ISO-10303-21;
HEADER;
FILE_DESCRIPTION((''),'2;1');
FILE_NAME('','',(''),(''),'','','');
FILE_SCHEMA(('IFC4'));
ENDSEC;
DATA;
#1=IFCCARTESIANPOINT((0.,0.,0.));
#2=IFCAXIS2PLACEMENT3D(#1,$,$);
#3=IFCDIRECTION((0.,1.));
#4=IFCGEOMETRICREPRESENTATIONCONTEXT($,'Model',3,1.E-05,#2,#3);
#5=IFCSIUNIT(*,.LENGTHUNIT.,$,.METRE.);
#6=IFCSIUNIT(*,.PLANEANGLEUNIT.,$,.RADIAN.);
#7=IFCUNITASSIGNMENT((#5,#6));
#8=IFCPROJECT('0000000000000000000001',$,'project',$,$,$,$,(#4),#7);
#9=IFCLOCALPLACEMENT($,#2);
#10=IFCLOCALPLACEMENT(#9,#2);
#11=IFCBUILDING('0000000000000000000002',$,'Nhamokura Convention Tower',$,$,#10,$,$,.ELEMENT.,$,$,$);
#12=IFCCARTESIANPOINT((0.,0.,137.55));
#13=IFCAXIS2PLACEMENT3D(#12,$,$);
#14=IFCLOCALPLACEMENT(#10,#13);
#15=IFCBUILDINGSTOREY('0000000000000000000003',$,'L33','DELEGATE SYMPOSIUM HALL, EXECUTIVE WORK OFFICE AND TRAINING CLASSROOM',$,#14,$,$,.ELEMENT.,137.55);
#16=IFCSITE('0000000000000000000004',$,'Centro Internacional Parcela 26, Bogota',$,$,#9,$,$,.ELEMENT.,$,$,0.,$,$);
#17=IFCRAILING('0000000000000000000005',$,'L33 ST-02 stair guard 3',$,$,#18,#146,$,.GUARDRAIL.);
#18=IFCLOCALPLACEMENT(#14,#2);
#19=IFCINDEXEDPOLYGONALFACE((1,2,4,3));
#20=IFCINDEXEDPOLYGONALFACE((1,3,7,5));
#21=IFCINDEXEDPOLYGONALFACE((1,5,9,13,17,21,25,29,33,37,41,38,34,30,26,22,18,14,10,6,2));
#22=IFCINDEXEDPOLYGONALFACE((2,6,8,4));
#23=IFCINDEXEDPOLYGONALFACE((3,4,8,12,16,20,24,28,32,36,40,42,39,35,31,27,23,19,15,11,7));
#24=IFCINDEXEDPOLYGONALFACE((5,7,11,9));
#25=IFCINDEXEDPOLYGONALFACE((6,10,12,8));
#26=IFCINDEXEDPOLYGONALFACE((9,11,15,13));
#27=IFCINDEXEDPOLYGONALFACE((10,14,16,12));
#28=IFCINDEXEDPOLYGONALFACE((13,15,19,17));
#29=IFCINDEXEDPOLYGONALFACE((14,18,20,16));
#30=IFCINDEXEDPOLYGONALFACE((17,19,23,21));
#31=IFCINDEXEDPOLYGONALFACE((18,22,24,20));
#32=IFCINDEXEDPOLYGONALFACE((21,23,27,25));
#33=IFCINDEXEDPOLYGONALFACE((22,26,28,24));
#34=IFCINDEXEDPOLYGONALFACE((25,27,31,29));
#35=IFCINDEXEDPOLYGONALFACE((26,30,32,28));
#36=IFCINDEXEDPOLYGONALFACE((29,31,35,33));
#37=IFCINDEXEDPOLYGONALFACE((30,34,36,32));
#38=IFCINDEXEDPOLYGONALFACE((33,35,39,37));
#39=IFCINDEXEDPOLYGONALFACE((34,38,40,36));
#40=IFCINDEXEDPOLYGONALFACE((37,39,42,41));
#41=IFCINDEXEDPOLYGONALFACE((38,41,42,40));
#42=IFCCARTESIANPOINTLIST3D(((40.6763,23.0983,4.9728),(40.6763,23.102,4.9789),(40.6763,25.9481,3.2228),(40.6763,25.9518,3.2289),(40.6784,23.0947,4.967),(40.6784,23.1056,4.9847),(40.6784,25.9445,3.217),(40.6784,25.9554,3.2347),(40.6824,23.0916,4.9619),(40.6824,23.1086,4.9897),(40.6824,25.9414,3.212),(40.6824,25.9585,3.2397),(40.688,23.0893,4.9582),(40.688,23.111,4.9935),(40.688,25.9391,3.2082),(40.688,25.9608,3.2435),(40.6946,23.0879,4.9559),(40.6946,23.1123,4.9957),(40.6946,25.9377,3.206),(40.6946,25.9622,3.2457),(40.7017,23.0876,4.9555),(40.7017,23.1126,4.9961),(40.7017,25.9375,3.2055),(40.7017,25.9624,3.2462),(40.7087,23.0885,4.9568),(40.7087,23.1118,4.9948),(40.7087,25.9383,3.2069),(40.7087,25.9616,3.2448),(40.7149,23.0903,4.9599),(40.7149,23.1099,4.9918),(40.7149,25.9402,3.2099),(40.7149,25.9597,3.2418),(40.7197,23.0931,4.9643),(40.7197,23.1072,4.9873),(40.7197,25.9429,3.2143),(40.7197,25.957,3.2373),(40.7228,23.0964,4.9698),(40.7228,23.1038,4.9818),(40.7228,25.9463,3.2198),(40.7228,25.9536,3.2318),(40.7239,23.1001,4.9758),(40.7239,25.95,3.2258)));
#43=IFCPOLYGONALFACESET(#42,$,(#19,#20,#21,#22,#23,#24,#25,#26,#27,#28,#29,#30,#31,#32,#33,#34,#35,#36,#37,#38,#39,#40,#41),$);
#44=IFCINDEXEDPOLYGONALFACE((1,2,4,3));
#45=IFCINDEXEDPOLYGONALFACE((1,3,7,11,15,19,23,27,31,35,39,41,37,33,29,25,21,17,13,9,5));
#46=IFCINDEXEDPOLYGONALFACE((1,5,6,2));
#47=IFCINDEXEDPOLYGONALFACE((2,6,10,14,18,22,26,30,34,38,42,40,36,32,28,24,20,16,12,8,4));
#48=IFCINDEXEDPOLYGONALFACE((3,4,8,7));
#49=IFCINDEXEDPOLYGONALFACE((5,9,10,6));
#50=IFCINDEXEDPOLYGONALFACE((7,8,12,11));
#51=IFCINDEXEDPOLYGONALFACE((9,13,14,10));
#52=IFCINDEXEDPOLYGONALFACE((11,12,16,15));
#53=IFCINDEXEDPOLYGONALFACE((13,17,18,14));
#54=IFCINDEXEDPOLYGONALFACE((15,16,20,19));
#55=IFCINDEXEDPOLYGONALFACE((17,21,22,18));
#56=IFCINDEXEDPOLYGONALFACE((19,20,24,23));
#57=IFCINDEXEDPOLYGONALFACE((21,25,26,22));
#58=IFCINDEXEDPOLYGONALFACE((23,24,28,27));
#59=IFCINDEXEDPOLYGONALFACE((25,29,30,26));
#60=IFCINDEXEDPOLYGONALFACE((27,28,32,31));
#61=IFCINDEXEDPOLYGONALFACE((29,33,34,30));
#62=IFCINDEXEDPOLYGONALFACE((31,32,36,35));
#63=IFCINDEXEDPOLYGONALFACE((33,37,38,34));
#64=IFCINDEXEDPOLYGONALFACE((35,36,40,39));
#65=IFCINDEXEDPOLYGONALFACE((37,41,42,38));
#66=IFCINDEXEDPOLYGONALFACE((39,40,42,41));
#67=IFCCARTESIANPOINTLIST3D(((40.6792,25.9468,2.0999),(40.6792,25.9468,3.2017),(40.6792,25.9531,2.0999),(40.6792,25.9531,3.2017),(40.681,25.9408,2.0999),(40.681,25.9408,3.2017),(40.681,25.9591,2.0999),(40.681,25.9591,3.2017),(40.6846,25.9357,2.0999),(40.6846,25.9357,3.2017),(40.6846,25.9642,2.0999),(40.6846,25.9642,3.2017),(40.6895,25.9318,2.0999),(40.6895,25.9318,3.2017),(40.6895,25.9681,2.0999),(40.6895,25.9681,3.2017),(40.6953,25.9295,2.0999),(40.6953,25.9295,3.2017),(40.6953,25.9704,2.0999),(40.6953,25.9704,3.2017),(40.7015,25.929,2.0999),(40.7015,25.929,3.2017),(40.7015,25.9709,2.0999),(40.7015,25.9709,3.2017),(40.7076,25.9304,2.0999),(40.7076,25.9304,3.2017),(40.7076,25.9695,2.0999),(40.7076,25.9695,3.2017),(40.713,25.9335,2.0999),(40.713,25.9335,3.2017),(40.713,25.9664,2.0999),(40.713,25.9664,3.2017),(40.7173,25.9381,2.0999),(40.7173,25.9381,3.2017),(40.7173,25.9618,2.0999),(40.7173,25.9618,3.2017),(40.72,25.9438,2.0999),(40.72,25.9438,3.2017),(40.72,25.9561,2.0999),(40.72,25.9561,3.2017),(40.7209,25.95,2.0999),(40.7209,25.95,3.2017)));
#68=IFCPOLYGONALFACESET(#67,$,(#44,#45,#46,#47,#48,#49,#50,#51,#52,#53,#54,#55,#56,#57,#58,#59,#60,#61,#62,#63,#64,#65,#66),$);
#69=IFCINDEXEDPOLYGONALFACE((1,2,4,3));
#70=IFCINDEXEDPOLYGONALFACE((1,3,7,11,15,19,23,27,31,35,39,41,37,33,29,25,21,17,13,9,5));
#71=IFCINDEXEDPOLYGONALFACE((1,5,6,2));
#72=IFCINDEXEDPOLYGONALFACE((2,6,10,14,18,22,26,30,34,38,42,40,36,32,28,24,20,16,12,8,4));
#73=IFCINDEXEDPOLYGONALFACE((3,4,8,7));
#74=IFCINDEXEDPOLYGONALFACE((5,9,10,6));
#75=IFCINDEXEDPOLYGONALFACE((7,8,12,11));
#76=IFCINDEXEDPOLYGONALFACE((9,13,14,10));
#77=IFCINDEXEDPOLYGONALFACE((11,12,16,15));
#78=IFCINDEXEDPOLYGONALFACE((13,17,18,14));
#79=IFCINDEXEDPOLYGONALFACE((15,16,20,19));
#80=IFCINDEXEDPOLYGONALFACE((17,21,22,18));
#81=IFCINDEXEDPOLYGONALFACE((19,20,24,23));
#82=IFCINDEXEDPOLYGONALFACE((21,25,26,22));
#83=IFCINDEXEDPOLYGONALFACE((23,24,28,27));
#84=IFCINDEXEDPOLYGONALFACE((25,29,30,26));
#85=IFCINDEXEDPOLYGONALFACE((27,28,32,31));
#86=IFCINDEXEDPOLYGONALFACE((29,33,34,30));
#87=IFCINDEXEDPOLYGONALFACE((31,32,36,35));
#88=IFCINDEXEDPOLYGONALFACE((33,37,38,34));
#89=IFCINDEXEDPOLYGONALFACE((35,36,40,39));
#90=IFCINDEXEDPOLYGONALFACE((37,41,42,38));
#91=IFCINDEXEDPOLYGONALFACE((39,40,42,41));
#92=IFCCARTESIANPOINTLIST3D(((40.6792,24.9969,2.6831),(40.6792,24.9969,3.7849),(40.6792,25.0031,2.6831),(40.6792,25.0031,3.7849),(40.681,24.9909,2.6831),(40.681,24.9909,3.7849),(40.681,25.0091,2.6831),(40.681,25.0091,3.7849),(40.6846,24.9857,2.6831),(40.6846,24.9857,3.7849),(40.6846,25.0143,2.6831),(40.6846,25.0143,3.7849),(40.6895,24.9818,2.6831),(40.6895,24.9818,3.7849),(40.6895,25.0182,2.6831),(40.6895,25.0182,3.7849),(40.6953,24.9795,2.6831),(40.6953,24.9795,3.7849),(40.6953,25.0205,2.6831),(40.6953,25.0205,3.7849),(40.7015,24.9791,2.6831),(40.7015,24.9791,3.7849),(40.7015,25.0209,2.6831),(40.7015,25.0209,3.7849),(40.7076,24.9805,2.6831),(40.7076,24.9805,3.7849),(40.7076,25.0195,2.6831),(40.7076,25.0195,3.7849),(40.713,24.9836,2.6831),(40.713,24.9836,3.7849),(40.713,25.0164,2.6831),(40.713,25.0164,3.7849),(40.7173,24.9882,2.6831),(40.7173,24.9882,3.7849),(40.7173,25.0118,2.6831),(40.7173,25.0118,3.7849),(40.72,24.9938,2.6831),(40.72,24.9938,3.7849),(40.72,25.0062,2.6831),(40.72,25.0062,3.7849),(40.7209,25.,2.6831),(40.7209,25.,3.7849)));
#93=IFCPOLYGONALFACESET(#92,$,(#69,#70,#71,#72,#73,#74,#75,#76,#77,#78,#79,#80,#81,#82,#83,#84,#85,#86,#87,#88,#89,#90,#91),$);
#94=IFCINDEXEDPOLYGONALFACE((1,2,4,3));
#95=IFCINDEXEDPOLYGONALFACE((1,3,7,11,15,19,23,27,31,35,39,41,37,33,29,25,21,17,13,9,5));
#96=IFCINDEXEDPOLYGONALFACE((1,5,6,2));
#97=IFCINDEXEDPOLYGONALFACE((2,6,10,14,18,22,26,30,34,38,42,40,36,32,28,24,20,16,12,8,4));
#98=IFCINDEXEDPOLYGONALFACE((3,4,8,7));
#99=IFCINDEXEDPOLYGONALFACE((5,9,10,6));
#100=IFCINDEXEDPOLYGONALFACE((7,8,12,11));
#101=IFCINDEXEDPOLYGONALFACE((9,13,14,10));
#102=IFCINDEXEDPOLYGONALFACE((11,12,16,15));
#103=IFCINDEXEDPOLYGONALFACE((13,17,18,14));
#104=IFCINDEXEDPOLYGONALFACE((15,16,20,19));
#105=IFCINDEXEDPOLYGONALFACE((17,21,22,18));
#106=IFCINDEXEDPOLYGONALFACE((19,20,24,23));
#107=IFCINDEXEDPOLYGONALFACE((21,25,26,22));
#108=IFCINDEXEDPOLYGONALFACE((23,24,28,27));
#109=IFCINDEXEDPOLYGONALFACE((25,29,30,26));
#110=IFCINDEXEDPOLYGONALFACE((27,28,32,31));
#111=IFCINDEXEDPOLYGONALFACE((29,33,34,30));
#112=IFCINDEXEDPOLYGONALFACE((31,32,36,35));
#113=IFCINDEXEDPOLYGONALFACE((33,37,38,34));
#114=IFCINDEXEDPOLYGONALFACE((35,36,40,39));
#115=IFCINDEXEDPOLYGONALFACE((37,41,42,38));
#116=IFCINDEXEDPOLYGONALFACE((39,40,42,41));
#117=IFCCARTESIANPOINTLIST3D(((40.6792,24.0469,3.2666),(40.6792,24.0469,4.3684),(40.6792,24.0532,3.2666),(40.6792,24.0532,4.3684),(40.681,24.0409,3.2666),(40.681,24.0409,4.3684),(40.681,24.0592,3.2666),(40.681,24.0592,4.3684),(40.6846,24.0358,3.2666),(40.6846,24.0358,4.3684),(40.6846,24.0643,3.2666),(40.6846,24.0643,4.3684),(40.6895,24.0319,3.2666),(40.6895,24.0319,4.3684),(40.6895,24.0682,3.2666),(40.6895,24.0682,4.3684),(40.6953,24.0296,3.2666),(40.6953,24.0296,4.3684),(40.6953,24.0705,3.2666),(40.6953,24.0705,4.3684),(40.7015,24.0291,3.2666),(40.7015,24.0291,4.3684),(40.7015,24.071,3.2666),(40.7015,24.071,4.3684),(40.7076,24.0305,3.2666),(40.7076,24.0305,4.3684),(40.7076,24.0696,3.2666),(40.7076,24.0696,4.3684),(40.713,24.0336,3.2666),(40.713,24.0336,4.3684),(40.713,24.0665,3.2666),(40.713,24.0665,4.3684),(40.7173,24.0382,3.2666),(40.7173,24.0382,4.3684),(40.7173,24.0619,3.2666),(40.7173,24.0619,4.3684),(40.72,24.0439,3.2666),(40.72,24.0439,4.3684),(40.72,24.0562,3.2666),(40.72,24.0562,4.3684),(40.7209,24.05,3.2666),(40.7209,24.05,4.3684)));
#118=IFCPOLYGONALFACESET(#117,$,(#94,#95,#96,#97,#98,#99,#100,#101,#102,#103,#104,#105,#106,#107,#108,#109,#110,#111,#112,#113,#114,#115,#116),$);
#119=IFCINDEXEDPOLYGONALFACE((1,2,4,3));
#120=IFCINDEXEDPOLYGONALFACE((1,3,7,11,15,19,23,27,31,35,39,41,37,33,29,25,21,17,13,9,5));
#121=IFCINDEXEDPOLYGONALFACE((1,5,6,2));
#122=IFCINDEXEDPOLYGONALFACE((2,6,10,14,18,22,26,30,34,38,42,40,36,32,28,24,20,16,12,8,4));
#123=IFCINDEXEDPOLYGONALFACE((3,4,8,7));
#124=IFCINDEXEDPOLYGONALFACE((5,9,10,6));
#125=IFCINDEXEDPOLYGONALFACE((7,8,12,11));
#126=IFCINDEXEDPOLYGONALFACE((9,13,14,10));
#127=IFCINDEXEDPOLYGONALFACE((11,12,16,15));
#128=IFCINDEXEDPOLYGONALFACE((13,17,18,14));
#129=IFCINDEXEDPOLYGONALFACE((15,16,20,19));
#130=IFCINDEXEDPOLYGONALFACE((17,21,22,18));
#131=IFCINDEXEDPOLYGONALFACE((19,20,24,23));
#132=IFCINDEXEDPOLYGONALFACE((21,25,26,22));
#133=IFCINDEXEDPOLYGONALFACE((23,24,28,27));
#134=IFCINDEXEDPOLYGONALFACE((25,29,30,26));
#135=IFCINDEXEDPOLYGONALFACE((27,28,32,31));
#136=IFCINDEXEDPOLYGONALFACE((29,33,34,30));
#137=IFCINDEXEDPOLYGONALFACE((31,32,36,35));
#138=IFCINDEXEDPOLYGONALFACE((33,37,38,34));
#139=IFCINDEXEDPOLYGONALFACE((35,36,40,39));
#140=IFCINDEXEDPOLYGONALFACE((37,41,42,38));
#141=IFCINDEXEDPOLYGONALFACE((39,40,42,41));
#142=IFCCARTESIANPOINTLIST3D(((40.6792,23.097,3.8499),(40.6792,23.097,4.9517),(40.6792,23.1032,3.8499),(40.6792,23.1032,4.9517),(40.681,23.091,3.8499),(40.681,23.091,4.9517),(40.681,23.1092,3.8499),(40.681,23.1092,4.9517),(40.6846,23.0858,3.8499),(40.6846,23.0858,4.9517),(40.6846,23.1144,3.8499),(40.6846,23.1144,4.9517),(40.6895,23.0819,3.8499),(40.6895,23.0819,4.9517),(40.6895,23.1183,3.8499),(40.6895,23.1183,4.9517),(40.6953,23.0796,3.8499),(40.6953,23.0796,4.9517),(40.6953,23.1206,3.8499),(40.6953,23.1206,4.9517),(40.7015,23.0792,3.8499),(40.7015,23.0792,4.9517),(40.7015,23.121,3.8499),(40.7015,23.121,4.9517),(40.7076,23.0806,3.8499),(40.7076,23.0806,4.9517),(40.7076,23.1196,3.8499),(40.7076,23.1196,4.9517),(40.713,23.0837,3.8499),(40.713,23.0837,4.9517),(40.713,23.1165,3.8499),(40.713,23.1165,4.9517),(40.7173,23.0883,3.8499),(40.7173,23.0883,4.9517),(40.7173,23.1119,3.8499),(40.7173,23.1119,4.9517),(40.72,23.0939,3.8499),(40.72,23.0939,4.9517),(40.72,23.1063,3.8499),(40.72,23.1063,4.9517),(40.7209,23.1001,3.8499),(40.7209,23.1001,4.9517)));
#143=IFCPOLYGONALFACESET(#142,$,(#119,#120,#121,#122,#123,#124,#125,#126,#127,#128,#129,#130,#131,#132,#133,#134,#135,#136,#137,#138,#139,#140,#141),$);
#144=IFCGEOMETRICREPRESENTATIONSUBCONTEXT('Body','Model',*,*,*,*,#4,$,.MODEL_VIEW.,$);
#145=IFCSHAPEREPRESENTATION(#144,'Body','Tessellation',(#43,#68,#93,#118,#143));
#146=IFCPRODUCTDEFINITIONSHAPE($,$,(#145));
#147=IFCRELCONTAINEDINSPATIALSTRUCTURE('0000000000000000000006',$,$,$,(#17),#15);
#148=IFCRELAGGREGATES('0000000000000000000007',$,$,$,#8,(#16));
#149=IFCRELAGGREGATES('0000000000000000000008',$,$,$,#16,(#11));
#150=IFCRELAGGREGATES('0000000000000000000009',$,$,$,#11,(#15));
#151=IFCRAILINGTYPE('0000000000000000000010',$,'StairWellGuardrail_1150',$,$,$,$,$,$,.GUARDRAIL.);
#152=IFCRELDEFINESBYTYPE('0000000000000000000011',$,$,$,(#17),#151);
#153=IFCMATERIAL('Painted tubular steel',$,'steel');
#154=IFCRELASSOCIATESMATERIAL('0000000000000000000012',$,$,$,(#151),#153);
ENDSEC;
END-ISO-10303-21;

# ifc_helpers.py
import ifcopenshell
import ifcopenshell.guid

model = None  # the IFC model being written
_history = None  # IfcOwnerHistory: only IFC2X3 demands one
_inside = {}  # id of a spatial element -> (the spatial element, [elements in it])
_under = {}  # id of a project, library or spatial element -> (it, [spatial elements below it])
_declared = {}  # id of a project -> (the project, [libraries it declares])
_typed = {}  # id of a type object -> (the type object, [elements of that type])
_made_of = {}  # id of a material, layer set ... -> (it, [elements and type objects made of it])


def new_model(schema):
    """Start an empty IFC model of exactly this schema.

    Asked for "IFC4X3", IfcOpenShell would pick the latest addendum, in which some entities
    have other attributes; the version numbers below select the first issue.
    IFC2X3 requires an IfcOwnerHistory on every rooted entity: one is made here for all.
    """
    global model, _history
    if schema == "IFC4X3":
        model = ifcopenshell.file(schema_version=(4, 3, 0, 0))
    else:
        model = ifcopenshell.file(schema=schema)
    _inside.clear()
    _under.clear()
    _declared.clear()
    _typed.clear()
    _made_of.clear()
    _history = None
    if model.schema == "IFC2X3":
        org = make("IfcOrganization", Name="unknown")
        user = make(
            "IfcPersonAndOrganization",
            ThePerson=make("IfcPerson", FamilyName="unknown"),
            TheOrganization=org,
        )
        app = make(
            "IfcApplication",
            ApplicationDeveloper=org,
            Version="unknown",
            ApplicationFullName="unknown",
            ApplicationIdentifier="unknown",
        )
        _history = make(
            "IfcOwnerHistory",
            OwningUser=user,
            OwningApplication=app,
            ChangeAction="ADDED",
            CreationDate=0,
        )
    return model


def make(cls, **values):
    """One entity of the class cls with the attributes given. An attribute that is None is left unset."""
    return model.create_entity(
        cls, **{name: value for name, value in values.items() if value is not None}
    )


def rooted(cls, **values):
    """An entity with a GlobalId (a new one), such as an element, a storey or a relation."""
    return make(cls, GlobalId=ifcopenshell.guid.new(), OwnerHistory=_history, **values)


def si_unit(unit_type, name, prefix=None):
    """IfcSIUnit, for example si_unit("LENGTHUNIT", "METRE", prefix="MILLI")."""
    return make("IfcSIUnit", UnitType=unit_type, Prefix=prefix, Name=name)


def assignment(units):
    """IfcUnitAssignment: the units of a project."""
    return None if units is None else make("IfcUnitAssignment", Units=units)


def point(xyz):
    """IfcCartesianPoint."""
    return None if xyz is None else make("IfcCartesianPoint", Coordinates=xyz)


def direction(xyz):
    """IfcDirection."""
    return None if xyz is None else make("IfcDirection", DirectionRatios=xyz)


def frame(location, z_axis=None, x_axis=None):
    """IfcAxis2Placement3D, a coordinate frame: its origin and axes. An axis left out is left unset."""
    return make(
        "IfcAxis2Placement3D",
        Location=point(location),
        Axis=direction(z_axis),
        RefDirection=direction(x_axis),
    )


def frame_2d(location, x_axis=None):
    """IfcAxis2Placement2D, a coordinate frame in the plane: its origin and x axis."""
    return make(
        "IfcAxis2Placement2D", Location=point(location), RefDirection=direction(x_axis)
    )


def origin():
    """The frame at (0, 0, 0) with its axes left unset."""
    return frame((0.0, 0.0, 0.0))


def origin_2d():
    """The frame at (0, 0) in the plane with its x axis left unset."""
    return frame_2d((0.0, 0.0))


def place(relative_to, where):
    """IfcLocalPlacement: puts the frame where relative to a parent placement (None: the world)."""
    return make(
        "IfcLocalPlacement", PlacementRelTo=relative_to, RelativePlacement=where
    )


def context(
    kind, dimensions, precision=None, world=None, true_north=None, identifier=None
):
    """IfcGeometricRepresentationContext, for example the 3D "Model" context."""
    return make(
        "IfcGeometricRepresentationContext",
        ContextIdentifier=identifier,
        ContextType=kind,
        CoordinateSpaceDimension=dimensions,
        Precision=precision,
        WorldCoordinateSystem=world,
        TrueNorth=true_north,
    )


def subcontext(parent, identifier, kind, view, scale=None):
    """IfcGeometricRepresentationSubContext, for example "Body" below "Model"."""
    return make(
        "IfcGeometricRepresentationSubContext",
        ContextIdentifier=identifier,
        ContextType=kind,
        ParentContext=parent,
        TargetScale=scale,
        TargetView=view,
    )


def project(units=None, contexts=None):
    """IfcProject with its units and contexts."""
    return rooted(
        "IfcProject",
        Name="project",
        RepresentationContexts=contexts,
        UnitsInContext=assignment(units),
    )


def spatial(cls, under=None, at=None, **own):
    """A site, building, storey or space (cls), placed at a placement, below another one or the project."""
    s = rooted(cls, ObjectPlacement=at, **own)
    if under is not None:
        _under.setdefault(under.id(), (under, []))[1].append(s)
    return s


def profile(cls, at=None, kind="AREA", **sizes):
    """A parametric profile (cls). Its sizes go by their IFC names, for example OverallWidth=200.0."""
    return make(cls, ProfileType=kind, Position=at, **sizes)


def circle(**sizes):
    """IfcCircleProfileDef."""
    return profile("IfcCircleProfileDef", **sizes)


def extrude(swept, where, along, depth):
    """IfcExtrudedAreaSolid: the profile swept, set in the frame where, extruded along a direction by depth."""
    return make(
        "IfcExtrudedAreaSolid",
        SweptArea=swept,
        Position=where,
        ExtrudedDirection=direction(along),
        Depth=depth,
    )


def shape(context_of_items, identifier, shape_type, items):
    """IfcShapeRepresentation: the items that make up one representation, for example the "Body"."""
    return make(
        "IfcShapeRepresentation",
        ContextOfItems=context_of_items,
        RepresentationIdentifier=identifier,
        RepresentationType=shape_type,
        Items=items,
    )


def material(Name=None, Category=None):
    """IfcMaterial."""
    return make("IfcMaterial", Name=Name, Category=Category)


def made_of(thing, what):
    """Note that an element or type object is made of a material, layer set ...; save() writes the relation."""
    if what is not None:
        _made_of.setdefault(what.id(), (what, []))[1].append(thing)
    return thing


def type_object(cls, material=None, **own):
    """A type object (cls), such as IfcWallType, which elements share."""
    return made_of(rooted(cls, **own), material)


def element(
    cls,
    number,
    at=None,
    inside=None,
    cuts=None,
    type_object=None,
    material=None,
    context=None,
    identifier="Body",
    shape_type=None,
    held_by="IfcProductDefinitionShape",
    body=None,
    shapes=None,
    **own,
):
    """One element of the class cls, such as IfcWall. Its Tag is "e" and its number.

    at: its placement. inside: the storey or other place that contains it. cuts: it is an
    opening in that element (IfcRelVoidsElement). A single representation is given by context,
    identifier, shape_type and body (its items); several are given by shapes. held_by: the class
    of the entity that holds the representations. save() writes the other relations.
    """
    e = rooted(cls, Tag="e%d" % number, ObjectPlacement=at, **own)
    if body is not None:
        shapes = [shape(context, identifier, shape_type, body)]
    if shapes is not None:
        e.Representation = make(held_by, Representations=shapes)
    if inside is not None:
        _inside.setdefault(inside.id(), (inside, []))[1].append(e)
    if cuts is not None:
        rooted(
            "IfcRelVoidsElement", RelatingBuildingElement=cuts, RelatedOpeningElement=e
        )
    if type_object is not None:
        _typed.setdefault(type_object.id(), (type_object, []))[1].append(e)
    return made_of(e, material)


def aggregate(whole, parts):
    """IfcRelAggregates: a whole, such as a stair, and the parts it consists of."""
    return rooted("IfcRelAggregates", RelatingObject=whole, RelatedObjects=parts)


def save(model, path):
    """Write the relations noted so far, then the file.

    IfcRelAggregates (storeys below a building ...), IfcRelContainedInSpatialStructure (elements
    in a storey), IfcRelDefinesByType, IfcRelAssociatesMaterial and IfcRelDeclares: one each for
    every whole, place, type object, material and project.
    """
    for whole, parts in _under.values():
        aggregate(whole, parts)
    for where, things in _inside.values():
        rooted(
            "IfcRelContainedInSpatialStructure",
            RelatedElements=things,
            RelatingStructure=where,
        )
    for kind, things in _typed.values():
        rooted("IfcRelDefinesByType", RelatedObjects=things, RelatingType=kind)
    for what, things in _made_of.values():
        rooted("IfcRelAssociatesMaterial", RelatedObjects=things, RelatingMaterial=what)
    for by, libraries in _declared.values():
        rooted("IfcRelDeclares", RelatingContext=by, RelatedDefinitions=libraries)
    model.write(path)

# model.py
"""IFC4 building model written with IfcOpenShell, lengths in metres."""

from ifc_helpers import new_model, si_unit, direction, frame, origin, origin_2d, place, context, subcontext, project, spatial, circle, extrude, material, type_object, element, save


model = new_model("IFC4")

# Units and contexts
model_context = context("Model", 3, precision=1e-05, world=origin(), true_north=direction((0.0, 1.0)))
body_context = subcontext(model_context, "Body", "Model", "MODEL_VIEW")
ifc_project = project(units=[si_unit("LENGTHUNIT", "METRE"), si_unit("PLANEANGLEUNIT", "RADIAN")], contexts=[model_context])

# Site, building, storey
site_placement = place(None, origin())
site = spatial("IfcSite", under=ifc_project, at=site_placement, Name="Centro Internacional Parcela 26, Bogota", CompositionType="ELEMENT", RefElevation=0.0)
building_placement = place(site_placement, origin())
building = spatial("IfcBuilding", under=site, at=building_placement, Name="Nhamokura Convention Tower", CompositionType="ELEMENT")
storey_placement = place(building_placement, frame((0.0, 0.0, 137.55)))
storey = spatial("IfcBuildingStorey", under=building, at=storey_placement, Name="L33", Description="DELEGATE SYMPOSIUM HALL, EXECUTIVE WORK OFFICE AND TRAINING CLASSROOM", CompositionType="ELEMENT", Elevation=137.55)

# Railing
ifc_material_1 = material(Name="Painted tubular steel", Category="steel")
railing_type_1 = type_object("IfcRailingType", Name="StairWellGuardrail_1150", PredefinedType="GUARDRAIL", material=ifc_material_1)
railing_1_placement = place(storey_placement, frame((40.7, 25.95, 2.0999)))
element("IfcRailing", 1, at=railing_1_placement, inside=storey, type_object=railing_type_1, Name="L33 ST-02 stair guard 3", PredefinedType="GUARDRAIL", context=body_context, shape_type="SweptSolid", body=[
    extrude(circle(Radius=0.0239, at=origin_2d()), frame((0.0, 0.0, 1.126), z_axis=(0.0, -0.852159, 0.523283), x_axis=(1.0, 0.0, 0.0)), (0.0, 0.0, 1.0), 3.3442),
    extrude(circle(Radius=0.021, at=origin_2d()), origin(), (0.0, 0.0, 1.0), 1.1018),
    extrude(circle(Radius=0.021, at=origin_2d()), frame((0.0, -0.95, 0.5833)), (0.0, 0.0, 1.0), 1.1018),
    extrude(circle(Radius=0.021, at=origin_2d()), frame((0.0, -1.8999, 1.1667)), (0.0, 0.0, 1.0), 1.1018),
    extrude(circle(Radius=0.021, at=origin_2d()), frame((0.0, -2.8499, 1.75)), (0.0, 0.0, 1.0), 1.1018),
])

save(model, "model.ifc")
